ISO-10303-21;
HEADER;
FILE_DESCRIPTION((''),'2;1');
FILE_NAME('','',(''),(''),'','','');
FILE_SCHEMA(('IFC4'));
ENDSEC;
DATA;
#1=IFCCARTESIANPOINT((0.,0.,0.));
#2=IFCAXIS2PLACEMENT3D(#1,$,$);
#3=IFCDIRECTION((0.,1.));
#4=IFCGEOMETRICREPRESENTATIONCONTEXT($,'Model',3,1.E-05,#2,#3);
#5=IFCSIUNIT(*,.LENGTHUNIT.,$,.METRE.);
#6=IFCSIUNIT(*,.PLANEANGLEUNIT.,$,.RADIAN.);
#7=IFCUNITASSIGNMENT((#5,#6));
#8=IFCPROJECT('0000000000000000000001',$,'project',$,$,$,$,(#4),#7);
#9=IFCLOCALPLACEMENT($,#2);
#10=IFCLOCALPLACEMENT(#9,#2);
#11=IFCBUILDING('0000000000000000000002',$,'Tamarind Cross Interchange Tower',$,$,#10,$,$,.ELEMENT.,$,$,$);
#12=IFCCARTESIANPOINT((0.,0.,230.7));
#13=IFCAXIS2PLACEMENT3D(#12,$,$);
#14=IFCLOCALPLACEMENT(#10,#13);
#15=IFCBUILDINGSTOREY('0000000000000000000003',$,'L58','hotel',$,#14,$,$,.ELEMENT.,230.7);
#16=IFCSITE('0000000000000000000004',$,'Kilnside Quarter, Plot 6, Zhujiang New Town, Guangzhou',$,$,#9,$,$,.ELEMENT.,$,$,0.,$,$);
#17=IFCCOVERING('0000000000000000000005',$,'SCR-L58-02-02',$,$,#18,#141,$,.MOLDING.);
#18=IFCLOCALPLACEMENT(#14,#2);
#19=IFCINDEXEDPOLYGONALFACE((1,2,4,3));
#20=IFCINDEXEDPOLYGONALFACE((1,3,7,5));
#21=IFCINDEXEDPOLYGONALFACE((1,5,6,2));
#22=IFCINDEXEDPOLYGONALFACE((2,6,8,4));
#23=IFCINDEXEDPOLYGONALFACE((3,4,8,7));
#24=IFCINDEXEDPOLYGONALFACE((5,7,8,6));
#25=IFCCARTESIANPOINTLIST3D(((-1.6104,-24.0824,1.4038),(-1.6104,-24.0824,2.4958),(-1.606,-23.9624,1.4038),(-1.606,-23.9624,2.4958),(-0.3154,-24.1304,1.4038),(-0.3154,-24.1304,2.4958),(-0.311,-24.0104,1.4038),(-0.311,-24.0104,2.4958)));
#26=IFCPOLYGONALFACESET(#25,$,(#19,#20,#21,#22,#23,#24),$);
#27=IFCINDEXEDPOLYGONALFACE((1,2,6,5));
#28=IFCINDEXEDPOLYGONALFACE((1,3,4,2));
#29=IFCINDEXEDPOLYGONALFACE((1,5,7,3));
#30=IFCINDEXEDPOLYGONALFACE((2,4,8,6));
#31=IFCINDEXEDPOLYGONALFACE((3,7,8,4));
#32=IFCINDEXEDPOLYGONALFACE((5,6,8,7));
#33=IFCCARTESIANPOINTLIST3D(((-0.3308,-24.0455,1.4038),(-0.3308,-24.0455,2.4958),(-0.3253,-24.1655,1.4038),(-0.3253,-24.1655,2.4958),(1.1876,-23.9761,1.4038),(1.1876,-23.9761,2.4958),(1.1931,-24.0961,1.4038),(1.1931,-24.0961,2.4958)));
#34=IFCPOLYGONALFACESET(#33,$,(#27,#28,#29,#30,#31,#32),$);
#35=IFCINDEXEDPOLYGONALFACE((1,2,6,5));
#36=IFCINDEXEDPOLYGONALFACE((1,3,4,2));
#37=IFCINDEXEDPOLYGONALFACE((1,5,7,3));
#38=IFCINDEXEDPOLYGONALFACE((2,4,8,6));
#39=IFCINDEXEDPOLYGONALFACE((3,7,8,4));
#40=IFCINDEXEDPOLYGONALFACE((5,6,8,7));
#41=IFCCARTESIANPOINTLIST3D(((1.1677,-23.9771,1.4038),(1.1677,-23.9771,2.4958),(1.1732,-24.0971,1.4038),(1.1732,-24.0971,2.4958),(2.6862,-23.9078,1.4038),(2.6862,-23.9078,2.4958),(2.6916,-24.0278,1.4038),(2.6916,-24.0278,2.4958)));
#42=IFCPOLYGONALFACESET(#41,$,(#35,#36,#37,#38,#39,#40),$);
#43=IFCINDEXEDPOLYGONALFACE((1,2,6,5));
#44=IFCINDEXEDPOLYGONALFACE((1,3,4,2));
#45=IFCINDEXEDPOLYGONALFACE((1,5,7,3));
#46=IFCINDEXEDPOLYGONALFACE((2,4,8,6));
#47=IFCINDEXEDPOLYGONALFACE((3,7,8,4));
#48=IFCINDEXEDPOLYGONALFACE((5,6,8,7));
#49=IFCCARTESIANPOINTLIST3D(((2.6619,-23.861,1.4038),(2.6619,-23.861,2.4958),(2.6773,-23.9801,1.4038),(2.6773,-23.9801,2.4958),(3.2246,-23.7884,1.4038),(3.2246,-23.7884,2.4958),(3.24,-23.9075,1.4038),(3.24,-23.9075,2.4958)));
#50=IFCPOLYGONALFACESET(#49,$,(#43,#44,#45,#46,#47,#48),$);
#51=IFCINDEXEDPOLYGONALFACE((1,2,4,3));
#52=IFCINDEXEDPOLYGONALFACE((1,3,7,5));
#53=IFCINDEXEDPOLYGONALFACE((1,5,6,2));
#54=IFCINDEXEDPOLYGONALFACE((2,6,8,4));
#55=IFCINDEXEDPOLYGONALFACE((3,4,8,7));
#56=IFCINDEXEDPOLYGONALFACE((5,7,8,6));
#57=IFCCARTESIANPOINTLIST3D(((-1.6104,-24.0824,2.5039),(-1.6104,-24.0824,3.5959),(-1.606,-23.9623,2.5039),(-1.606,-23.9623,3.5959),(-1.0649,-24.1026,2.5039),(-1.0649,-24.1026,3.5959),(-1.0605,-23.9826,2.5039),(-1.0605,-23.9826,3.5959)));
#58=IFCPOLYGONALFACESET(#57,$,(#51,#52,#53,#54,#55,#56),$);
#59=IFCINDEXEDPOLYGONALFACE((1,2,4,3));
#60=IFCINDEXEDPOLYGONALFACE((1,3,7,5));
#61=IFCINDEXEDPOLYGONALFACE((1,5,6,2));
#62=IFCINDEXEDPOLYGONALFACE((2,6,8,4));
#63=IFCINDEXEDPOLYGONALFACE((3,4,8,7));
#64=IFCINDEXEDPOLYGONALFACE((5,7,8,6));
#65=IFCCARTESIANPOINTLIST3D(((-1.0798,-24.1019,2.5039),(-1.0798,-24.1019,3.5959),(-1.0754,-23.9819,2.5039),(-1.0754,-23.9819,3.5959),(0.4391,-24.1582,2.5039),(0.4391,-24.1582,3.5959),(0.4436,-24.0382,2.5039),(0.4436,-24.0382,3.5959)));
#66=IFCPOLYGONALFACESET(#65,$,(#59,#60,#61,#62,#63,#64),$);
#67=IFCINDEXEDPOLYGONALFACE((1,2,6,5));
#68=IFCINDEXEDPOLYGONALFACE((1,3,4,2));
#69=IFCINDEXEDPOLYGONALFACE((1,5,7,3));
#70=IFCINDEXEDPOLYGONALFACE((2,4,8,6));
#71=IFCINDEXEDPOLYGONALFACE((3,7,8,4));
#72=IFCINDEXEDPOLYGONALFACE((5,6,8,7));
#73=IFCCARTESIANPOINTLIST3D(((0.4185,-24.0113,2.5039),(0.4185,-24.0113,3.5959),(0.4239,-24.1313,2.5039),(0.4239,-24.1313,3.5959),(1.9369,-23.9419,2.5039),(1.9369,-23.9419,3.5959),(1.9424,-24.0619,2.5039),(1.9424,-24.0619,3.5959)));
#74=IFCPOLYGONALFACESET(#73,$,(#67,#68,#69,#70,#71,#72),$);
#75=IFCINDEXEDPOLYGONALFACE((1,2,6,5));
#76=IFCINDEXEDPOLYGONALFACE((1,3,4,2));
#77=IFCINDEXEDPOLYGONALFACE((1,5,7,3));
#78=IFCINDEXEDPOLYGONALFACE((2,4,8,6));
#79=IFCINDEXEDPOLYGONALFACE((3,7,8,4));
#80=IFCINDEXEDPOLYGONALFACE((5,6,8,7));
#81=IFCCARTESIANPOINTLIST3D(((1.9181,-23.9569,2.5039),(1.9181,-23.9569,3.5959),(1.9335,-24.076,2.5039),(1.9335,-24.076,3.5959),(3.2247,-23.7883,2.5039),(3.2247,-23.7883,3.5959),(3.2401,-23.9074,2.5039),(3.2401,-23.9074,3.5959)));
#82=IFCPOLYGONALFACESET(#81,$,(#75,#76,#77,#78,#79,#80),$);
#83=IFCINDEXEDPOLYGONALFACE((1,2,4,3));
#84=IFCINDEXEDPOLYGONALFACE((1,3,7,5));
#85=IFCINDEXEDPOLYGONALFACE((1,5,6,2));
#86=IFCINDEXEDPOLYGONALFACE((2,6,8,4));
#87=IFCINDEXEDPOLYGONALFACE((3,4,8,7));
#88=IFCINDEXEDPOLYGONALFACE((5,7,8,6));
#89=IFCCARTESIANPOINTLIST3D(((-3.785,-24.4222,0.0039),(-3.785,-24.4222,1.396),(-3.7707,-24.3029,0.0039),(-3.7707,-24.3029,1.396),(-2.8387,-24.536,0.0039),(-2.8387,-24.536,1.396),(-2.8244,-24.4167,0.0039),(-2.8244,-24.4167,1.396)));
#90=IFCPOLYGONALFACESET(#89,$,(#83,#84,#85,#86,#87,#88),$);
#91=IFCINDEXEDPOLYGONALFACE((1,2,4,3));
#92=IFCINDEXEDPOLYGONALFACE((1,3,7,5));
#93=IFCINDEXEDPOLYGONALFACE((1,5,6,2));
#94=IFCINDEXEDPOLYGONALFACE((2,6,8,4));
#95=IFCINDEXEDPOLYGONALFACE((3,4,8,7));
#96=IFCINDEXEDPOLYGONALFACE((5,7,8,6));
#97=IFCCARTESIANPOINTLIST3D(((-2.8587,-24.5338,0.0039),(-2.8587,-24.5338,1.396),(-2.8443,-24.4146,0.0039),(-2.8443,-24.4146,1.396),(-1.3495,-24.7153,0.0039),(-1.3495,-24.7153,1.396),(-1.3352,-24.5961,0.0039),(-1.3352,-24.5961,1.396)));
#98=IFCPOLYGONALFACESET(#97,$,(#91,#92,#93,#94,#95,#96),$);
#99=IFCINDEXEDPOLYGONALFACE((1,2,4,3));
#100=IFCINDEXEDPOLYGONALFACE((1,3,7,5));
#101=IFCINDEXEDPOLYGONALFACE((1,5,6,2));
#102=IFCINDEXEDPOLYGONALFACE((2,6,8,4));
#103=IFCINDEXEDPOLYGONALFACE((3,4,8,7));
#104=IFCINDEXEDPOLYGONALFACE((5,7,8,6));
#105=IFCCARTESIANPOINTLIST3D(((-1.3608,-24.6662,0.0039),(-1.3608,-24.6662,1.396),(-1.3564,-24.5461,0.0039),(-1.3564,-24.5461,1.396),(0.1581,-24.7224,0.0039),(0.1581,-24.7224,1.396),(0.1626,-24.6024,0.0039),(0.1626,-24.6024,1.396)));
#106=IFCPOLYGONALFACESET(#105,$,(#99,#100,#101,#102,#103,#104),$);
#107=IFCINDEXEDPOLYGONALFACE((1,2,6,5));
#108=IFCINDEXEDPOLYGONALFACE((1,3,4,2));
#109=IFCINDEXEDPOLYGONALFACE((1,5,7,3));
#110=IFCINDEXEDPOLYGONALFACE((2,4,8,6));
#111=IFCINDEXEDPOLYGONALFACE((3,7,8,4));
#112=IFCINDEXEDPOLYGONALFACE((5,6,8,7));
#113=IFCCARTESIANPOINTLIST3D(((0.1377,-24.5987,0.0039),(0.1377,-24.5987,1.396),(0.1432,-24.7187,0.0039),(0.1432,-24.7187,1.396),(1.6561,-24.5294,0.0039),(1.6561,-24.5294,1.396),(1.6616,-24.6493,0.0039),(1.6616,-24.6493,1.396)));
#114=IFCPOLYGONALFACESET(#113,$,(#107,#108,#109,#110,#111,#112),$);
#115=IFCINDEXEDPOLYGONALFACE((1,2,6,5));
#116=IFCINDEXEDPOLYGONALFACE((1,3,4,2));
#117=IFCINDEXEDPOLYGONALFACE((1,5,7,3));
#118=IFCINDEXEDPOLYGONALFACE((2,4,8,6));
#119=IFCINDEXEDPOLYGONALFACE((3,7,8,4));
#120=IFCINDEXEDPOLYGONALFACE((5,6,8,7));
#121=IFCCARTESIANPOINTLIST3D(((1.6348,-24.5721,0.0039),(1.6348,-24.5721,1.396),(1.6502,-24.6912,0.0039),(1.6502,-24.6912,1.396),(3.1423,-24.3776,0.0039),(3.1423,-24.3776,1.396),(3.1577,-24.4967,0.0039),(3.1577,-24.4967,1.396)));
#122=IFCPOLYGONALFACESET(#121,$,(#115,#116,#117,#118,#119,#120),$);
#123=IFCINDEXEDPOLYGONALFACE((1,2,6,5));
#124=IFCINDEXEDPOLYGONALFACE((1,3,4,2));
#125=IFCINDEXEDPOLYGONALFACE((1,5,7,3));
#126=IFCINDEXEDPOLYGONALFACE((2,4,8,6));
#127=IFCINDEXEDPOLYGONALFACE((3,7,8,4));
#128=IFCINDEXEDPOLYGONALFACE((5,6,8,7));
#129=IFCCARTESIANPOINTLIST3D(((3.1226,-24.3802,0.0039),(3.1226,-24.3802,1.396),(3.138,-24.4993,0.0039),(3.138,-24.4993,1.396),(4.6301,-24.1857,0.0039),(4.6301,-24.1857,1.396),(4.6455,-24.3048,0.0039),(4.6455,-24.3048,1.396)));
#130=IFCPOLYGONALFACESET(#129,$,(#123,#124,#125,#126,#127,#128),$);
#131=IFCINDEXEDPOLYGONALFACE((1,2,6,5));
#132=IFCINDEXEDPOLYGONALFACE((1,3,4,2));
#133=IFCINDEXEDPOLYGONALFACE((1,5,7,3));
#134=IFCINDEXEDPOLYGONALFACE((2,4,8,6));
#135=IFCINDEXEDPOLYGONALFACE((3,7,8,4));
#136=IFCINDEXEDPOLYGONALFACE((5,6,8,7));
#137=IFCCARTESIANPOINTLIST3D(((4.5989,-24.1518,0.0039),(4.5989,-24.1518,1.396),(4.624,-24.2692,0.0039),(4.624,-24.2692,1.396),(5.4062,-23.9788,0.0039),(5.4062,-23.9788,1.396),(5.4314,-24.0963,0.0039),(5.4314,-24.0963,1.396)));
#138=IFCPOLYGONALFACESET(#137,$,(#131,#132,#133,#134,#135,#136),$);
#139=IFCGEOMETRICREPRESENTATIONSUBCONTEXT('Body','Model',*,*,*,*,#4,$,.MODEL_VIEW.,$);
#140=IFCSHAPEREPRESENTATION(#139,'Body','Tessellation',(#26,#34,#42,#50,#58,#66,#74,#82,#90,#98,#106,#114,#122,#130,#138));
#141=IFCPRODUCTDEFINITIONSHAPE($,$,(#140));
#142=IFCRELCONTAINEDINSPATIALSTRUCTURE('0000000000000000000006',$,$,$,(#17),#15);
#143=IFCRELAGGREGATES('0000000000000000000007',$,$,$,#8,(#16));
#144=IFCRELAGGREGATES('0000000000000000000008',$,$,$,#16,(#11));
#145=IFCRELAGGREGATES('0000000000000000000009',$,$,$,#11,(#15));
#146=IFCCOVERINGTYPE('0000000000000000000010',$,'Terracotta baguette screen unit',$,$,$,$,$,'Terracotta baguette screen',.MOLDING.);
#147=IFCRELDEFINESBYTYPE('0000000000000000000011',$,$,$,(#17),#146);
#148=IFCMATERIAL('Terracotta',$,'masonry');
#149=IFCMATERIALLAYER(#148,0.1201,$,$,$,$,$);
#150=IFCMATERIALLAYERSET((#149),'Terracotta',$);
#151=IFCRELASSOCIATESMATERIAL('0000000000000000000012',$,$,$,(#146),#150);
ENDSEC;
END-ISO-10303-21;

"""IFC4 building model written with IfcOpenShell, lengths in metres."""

from ifc_helpers import new_model, si_unit, direction, frame, origin, origin_2d, place, context, subcontext, project, spatial, rectangle, extrude, material, layer, layer_set, type_object, element, save


model = new_model("IFC4")

# Units and contexts
model_context = context("Model", 3, precision=1e-05, world=origin(), true_north=direction((0.0, 1.0)))
body_context = subcontext(model_context, "Body", "Model", "MODEL_VIEW")
ifc_project = project(units=[si_unit("LENGTHUNIT", "METRE"), si_unit("PLANEANGLEUNIT", "RADIAN")], contexts=[model_context])

# Site, building, storey
site_placement = place(None, origin())
site = spatial("IfcSite", under=ifc_project, at=site_placement, Name="Kilnside Quarter, Plot 6, Zhujiang New Town, Guangzhou", CompositionType="ELEMENT", RefElevation=0.0)
building_placement = place(site_placement, origin())
building = spatial("IfcBuilding", under=site, at=building_placement, Name="Tamarind Cross Interchange Tower", CompositionType="ELEMENT")
storey_placement = place(building_placement, frame((0.0, 0.0, 230.7)))
storey = spatial("IfcBuildingStorey", under=building, at=storey_placement, Name="L58", Description="hotel", CompositionType="ELEMENT", Elevation=230.7)

# Covering
ifc_material_1 = material(Name="Terracotta", Category="masonry")
ifc_layer_1 = layer(ifc_material_1, 0.1201)
ifc_layer_set_1 = layer_set([ifc_layer_1], Name="Terracotta")
covering_type = type_object("IfcCoveringType", Name="Terracotta baguette screen unit", ElementType="Terracotta baguette screen", PredefinedType="MOLDING", material=ifc_layer_set_1)
covering_1_placement = place(storey_placement, origin())
element("IfcCovering", 1, at=covering_1_placement, inside=storey, type_object=covering_type, Name="SCR-L58-02-02", PredefinedType="MOLDING", context=body_context, shape_type="SweptSolid", body=[
    extrude(rectangle(XDim=1.2959, YDim=0.1201, at=origin_2d()), frame((-0.9607, -24.0464, 1.4038), z_axis=(0.0, 0.0, 1.0), x_axis=(0.999314, -0.037025, 0.0)), (0.0, 0.0, 1.0), 1.092),
    extrude(rectangle(XDim=1.52, YDim=0.1201, at=origin_2d()), frame((0.4312, -24.0708, 1.4038), z_axis=(0.0, 0.0, 1.0), x_axis=(0.998959, 0.045624, 0.0)), (0.0, 0.0, 1.0), 1.092),
    extrude(rectangle(XDim=1.52, YDim=0.1201, at=origin_2d()), frame((1.9297, -24.0024, 1.4038), z_axis=(0.0, 0.0, 1.0), x_axis=(0.998959, 0.045624, 0.0)), (0.0, 0.0, 1.0), 1.092),
    extrude(rectangle(XDim=0.5674, YDim=0.1201, at=origin_2d()), frame((2.9509, -23.8843, 1.4038), z_axis=(0.0, 0.0, 1.0), x_axis=(0.991779, 0.127962, 0.0)), (0.0, 0.0, 1.0), 1.092),
    extrude(rectangle(XDim=0.5459, YDim=0.1201, at=origin_2d()), frame((-1.3354, -24.0325, 2.5039), z_axis=(0.0, 0.0, 1.0), x_axis=(0.999314, -0.037025, 0.0)), (0.0, 0.0, 1.0), 1.092),
    extrude(rectangle(XDim=1.52, YDim=0.1201, at=origin_2d()), frame((-0.3181, -24.0701, 2.5039), z_axis=(0.0, 0.0, 1.0), x_axis=(0.999314, -0.037025, 0.0)), (0.0, 0.0, 1.0), 1.092),
    extrude(rectangle(XDim=1.52, YDim=0.1201, at=origin_2d()), frame((1.1804, -24.0366, 2.5039), z_axis=(0.0, 0.0, 1.0), x_axis=(0.998959, 0.045624, 0.0)), (0.0, 0.0, 1.0), 1.092),
    extrude(rectangle(XDim=1.3174, YDim=0.1201, at=origin_2d()), frame((2.5791, -23.9321, 2.5039), z_axis=(0.0, 0.0, 1.0), x_axis=(0.991779, 0.127962, 0.0)), (0.0, 0.0, 1.0), 1.092),
    extrude(rectangle(XDim=0.9531, YDim=0.1201, at=origin_2d()), frame((-3.3047, -24.4194, 0.0039), z_axis=(0.0, 0.0, 1.0), x_axis=(0.992844, -0.119421, 0.0)), (0.0, 0.0, 1.0), 1.3921),
    extrude(rectangle(XDim=1.52, YDim=0.1201, at=origin_2d()), frame((-2.0969, -24.5649, 0.0039), z_axis=(0.0, 0.0, 1.0), x_axis=(0.992844, -0.119421, 0.0)), (0.0, 0.0, 1.0), 1.3921),
    extrude(rectangle(XDim=1.52, YDim=0.1201, at=origin_2d()), frame((-0.5991, -24.6343, 0.0039), z_axis=(0.0, 0.0, 1.0), x_axis=(0.999314, -0.037025, 0.0)), (0.0, 0.0, 1.0), 1.3921),
    extrude(rectangle(XDim=1.52, YDim=0.1201, at=origin_2d()), frame((0.8997, -24.624, 0.0039), z_axis=(0.0, 0.0, 1.0), x_axis=(0.998959, 0.045624, 0.0)), (0.0, 0.0, 1.0), 1.3921),
    extrude(rectangle(XDim=1.52, YDim=0.1201, at=origin_2d()), frame((2.3962, -24.5344, 0.0039), z_axis=(0.0, 0.0, 1.0), x_axis=(0.991779, 0.127962, 0.0)), (0.0, 0.0, 1.0), 1.3921),
    extrude(rectangle(XDim=1.52, YDim=0.1201, at=origin_2d()), frame((3.884, -24.3425, 0.0039), z_axis=(0.0, 0.0, 1.0), x_axis=(0.991779, 0.127962, 0.0)), (0.0, 0.0, 1.0), 1.3921),
    extrude(rectangle(XDim=0.8257, YDim=0.1201, at=origin_2d()), frame((5.0151, -24.124, 0.0039), z_axis=(0.0, 0.0, 1.0), x_axis=(0.977825, 0.209425, 0.0)), (0.0, 0.0, 1.0), 1.3921),
])

save(model, "model.ifc")
